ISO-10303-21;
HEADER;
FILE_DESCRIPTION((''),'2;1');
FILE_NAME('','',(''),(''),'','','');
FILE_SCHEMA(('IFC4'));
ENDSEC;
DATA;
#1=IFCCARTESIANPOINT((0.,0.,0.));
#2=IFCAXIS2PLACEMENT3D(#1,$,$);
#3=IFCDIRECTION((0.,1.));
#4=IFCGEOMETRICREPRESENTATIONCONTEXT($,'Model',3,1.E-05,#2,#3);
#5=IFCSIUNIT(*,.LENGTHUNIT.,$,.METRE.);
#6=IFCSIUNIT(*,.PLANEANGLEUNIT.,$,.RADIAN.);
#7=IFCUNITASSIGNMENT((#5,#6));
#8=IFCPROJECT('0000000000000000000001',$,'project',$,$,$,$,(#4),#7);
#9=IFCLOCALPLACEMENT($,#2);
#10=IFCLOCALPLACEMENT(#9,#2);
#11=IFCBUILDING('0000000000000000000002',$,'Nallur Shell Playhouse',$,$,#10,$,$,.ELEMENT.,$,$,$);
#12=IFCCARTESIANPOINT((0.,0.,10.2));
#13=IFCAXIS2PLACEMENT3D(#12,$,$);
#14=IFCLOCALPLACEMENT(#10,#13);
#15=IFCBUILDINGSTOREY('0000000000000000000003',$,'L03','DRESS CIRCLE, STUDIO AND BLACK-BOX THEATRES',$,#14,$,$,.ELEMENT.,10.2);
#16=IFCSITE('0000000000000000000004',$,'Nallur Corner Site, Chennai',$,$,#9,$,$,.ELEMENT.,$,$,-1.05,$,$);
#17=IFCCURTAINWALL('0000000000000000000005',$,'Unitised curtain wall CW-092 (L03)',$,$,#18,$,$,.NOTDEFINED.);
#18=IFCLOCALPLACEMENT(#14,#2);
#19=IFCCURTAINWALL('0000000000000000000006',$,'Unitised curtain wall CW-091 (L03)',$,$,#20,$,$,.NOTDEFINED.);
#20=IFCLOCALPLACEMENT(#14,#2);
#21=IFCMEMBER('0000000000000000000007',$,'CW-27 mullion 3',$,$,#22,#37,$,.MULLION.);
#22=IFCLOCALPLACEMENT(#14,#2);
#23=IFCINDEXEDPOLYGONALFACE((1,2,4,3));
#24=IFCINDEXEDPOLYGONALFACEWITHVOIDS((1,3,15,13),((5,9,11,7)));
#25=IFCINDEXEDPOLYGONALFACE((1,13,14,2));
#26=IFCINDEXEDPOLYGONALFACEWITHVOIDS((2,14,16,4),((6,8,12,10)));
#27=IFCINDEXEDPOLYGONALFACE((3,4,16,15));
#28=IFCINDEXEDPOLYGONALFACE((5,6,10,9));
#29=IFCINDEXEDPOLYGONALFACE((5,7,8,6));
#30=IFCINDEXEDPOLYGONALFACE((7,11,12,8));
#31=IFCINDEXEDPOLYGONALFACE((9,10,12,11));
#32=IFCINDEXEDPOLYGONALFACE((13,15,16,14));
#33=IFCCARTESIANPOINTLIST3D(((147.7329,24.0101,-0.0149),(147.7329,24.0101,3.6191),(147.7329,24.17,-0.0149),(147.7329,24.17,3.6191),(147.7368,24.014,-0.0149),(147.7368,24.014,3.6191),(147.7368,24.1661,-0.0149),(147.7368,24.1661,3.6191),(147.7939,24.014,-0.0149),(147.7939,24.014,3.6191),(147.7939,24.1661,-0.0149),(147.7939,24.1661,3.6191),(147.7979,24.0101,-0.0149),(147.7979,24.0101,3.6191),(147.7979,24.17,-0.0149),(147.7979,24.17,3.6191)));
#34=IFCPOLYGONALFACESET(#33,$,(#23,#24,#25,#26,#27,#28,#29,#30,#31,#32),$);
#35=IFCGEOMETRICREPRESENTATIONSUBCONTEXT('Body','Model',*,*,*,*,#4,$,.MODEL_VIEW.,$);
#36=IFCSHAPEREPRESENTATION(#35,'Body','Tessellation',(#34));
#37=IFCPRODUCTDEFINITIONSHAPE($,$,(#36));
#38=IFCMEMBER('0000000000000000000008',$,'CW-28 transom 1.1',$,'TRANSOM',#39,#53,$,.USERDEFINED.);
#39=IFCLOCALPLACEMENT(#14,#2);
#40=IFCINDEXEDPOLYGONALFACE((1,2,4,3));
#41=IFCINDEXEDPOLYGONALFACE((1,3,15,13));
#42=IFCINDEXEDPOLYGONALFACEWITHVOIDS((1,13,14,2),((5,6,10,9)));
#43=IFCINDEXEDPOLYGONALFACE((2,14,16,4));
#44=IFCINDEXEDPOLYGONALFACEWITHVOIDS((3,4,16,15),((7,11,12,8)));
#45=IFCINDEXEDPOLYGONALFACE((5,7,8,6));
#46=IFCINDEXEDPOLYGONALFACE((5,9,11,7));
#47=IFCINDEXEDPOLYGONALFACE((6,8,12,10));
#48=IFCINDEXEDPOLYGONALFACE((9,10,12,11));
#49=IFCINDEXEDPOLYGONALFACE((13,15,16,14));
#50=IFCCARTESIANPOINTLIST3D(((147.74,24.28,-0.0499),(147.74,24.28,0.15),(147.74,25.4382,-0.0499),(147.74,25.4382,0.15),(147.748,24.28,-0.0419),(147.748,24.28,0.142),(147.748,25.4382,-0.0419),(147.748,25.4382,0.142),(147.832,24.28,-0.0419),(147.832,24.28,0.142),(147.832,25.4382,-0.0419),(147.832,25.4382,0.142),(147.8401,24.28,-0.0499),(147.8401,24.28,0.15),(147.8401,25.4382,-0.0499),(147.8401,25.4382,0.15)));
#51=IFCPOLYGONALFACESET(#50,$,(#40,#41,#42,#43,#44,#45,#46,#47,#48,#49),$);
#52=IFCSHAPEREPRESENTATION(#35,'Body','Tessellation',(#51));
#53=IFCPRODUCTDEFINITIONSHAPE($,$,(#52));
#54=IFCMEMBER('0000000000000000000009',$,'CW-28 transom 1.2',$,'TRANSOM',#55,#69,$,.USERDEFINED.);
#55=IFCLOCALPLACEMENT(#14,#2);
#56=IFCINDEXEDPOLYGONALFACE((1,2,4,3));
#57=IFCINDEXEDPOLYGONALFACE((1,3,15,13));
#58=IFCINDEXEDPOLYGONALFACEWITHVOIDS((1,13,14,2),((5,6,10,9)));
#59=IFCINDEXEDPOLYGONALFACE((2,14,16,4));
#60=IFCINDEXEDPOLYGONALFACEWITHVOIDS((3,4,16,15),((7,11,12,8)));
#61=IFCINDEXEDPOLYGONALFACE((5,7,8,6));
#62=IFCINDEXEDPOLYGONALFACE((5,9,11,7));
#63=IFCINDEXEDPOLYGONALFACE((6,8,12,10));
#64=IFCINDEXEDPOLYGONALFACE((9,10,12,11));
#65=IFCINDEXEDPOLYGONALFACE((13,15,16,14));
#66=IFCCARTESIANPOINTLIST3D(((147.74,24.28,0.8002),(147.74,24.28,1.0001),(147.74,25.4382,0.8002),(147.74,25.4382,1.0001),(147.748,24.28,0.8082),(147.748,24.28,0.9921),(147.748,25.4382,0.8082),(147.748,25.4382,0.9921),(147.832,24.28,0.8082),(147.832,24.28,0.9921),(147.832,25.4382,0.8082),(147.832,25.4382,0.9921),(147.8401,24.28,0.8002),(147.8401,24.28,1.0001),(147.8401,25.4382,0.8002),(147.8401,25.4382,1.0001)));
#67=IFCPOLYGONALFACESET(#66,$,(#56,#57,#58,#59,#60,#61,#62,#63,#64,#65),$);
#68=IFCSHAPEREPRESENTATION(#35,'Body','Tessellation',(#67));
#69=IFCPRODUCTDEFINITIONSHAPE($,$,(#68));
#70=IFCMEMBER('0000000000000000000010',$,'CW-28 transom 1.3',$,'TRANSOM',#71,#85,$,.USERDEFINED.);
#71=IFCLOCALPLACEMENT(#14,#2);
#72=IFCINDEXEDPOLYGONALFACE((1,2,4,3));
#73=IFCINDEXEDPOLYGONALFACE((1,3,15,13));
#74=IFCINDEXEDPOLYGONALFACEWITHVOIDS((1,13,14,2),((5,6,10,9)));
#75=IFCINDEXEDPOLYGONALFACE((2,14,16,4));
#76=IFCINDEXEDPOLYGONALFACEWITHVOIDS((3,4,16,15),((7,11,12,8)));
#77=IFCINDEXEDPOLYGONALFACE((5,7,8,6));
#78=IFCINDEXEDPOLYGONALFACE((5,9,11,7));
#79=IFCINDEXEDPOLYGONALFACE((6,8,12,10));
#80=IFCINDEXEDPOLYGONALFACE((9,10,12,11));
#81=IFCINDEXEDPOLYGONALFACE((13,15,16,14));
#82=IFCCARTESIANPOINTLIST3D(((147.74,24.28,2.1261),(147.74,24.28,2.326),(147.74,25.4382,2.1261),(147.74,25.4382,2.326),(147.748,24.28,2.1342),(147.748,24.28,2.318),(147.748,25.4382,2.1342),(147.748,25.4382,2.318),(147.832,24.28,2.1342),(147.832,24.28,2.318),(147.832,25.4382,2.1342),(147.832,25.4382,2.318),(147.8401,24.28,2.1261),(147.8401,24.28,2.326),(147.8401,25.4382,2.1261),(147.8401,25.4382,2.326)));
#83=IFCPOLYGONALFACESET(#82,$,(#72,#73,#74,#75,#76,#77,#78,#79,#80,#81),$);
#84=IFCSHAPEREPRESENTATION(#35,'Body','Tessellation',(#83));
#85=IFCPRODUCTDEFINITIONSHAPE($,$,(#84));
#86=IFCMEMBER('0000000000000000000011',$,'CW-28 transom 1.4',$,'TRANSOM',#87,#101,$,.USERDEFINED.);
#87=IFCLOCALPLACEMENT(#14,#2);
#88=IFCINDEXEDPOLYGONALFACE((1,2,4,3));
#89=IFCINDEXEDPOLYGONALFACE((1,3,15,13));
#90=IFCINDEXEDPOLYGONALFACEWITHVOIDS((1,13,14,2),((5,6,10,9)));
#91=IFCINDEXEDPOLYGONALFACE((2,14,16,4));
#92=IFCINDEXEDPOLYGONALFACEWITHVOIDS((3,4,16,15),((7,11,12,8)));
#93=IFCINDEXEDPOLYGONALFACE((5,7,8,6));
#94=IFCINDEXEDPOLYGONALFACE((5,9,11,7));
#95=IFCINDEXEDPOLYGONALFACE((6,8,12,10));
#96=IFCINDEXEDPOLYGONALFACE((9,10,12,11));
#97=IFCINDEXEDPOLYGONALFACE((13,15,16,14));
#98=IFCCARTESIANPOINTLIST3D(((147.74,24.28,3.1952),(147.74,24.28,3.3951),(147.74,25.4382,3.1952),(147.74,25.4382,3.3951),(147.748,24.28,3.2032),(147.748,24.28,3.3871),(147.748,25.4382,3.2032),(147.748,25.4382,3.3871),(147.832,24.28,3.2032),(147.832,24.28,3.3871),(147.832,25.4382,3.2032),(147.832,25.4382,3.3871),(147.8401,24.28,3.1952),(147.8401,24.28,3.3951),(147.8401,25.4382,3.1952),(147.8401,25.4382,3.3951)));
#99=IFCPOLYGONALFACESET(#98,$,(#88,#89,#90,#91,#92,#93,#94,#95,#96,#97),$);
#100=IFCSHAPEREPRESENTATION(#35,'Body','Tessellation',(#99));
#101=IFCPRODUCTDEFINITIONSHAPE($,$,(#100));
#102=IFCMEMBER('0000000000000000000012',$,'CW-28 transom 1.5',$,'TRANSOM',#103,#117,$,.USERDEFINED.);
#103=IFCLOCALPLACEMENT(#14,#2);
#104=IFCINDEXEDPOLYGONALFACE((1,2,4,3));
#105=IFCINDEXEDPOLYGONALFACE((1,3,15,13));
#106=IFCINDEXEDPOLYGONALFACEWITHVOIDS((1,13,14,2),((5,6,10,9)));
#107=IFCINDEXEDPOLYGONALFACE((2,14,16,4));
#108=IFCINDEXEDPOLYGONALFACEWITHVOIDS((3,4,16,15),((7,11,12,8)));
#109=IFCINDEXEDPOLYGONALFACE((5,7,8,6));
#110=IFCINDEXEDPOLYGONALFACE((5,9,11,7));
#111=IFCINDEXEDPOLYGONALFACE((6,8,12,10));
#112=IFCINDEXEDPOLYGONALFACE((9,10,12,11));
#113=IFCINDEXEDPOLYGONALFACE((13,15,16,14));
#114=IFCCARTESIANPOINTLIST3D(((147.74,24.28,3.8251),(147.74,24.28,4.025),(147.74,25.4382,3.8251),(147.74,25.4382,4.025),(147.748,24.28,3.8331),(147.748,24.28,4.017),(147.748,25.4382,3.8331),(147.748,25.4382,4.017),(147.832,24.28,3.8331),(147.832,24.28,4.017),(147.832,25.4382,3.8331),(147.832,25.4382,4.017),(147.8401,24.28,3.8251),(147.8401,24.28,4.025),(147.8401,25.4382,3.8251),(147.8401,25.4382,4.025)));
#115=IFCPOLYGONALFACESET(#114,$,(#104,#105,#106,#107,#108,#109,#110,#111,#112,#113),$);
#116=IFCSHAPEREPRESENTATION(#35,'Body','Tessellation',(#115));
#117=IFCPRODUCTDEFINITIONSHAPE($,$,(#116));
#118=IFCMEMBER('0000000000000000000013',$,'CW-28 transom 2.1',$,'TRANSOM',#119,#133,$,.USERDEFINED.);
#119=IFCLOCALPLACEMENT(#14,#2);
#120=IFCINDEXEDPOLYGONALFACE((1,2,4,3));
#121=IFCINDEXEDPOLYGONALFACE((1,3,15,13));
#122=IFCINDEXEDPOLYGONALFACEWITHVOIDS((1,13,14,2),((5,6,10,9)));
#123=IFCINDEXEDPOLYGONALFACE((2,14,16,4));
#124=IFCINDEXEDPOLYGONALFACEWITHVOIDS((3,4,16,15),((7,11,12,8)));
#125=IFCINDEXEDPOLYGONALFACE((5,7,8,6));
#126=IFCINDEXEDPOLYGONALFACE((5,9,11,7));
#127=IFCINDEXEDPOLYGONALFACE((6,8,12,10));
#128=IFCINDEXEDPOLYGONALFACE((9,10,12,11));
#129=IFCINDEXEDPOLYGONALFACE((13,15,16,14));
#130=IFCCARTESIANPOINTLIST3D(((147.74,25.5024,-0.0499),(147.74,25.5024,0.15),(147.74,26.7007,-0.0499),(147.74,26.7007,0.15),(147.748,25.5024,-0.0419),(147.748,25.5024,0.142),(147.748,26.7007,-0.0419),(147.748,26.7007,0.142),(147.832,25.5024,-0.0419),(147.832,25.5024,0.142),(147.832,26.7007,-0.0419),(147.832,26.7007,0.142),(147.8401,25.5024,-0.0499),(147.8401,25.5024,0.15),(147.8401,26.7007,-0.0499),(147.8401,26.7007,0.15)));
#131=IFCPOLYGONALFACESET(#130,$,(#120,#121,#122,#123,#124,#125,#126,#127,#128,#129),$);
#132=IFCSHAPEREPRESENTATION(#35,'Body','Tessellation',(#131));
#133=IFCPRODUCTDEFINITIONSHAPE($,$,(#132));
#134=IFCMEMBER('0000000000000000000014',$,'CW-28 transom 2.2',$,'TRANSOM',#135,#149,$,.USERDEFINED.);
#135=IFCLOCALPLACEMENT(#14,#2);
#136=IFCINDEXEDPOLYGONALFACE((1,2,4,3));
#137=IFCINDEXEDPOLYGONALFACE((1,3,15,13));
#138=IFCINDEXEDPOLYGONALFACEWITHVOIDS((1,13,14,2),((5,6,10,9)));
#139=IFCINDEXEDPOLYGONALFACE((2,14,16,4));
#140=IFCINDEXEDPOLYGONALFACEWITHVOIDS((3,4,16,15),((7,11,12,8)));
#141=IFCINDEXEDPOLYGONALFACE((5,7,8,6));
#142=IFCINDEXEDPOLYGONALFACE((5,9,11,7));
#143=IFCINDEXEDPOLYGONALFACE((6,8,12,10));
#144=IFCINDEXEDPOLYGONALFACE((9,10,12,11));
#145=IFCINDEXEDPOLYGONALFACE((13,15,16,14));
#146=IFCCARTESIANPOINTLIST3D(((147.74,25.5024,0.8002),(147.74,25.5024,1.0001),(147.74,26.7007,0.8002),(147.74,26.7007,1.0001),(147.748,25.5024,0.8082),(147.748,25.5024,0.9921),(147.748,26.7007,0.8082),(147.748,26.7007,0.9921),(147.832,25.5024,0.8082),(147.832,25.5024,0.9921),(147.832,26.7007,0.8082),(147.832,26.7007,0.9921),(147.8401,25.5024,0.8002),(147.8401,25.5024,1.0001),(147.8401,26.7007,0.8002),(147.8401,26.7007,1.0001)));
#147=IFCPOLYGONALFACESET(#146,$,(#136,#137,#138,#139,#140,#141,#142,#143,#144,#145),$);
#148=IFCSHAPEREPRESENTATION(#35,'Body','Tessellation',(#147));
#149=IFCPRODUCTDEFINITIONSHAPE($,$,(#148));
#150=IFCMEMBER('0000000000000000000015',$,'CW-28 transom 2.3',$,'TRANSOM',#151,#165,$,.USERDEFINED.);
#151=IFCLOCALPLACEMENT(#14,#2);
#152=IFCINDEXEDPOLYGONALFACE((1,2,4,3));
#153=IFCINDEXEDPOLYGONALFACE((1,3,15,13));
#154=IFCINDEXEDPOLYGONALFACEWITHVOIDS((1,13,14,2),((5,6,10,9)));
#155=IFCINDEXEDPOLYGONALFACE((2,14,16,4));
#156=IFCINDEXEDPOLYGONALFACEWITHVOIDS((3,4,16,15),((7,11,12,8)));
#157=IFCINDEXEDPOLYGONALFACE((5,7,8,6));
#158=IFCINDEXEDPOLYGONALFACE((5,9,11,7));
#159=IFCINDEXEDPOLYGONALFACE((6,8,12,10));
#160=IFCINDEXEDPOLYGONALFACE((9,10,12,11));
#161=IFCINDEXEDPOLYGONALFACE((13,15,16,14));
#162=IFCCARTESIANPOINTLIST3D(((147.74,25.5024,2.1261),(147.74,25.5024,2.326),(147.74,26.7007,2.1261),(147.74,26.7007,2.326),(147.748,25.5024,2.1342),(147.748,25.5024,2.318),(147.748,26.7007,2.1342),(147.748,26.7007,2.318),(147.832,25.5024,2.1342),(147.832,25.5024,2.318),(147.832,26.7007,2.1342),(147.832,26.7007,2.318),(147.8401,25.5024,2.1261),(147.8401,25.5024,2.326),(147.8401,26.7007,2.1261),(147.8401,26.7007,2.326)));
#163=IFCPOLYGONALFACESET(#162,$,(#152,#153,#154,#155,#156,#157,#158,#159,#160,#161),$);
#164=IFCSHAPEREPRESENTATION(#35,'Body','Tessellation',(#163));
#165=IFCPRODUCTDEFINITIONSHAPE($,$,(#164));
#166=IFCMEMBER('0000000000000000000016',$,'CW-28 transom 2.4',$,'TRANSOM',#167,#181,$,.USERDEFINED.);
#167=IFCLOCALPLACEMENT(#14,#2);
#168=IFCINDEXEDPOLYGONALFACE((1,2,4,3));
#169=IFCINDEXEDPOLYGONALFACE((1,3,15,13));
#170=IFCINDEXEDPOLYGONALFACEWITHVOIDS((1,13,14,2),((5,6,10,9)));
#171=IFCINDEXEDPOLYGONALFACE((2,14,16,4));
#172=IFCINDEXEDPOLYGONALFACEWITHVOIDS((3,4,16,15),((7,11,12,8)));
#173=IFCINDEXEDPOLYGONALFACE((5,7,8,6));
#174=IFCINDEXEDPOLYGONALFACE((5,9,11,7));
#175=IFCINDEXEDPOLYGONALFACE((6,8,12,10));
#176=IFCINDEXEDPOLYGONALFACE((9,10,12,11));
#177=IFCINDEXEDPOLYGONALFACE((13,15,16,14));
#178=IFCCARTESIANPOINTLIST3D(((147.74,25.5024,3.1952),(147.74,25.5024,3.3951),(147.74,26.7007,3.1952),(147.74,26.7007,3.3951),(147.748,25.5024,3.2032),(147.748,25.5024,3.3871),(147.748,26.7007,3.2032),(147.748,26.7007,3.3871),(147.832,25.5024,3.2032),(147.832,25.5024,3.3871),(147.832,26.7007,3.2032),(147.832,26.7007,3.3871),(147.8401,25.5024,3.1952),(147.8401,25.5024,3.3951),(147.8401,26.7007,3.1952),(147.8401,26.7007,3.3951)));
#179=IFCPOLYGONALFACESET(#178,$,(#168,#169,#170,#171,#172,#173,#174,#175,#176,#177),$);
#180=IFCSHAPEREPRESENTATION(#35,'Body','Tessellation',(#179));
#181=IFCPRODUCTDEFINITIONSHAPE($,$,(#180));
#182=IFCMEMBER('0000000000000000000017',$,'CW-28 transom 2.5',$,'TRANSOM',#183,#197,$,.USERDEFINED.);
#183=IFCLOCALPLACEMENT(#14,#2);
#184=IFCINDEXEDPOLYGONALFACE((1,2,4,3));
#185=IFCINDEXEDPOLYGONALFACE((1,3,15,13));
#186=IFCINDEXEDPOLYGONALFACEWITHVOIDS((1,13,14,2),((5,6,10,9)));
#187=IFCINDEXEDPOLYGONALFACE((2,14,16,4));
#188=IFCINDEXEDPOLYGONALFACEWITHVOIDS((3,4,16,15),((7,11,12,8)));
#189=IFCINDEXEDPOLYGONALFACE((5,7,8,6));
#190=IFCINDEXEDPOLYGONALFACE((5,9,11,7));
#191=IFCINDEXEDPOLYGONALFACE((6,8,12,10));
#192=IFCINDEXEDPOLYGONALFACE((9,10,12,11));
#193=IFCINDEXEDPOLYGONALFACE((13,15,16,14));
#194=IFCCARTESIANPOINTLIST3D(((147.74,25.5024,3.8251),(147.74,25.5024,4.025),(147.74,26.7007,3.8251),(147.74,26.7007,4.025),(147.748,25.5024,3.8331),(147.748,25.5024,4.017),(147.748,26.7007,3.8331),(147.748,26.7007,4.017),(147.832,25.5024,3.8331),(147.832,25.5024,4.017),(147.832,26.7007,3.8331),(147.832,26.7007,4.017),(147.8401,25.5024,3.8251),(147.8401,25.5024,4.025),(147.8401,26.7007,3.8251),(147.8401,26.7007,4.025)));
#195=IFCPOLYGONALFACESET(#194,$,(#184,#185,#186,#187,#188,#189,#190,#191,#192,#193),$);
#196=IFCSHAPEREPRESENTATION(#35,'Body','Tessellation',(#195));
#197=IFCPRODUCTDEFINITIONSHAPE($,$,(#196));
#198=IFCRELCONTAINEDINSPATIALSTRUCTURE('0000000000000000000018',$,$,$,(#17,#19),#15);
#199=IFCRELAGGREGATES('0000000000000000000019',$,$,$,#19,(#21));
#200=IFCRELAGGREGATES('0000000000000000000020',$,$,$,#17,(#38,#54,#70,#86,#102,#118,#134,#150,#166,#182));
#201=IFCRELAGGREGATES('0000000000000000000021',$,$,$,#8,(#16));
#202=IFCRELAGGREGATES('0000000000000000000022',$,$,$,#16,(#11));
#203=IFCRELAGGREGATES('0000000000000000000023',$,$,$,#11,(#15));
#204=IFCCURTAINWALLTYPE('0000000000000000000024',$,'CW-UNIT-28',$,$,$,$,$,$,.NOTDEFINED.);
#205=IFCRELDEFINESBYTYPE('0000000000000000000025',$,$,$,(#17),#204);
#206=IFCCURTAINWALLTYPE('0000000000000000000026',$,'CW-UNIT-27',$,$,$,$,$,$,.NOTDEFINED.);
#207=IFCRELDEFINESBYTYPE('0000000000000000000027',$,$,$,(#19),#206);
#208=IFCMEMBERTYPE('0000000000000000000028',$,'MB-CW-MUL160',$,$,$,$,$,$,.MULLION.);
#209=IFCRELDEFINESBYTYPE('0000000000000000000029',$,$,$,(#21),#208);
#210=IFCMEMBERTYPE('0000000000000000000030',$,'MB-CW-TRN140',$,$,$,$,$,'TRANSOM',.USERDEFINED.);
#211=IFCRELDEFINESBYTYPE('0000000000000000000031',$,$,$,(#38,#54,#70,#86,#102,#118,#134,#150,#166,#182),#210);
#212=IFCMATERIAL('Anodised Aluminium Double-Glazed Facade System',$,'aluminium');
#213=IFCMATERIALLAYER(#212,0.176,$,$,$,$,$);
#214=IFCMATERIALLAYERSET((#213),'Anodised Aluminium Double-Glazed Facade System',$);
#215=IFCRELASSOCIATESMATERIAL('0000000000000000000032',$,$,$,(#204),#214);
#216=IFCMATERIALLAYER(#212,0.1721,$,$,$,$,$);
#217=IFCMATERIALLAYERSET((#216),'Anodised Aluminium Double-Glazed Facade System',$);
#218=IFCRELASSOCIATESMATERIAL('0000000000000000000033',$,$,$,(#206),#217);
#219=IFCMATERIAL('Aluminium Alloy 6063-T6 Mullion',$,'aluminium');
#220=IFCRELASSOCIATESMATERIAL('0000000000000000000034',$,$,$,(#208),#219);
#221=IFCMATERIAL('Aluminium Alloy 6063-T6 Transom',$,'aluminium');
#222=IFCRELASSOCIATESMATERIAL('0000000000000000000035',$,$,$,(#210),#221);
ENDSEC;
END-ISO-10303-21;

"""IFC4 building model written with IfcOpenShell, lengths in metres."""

from ifc_helpers import new_model, si_unit, direction, frame, origin, origin_2d, place, context, subcontext, project, spatial, hollow_rectangle, extrude, material, layer, layer_set, material_profile, profile_set, type_object, element, aggregate, save


model = new_model("IFC4")

# Units and contexts
model_context = context("Model", 3, precision=1e-05, world=origin(), true_north=direction((0.0, 1.0)))
body_context = subcontext(model_context, "Body", "Model", "MODEL_VIEW")
ifc_project = project(units=[si_unit("LENGTHUNIT", "METRE"), si_unit("PLANEANGLEUNIT", "RADIAN")], contexts=[model_context])

# Site, building, storey
site_placement = place(None, origin())
site = spatial("IfcSite", under=ifc_project, at=site_placement, Name="Nallur Corner Site, Chennai", CompositionType="ELEMENT", RefElevation=-1.05)
building_placement = place(site_placement, origin())
building = spatial("IfcBuilding", under=site, at=building_placement, Name="Nallur Shell Playhouse", CompositionType="ELEMENT")
storey_placement = place(building_placement, frame((0.0, 0.0, 10.2)))
storey = spatial("IfcBuildingStorey", under=building, at=storey_placement, Name="L03", Description="DRESS CIRCLE, STUDIO AND BLACK-BOX THEATRES", CompositionType="ELEMENT", Elevation=10.2)

# Curtain wall
ifc_material_1 = material(Name="Anodised Aluminium Double-Glazed Facade System", Category="aluminium")
ifc_layer_1 = layer(ifc_material_1, 0.176)
ifc_layer_set_1 = layer_set([ifc_layer_1], Name="Anodised Aluminium Double-Glazed Facade System")
curtain_wall_type_1 = type_object("IfcCurtainWallType", Name="CW-UNIT-28", PredefinedType="NOTDEFINED", material=ifc_layer_set_1)
curtain_wall_1_placement = place(storey_placement, origin())
curtain_wall_1 = element("IfcCurtainWall", 1, at=curtain_wall_1_placement, inside=storey, type_object=curtain_wall_type_1, Name="Unitised curtain wall CW-092 (L03)", PredefinedType="NOTDEFINED")
ifc_material_2 = material(Name="Aluminium Alloy 6063-T6 Mullion", Category="aluminium")

# Curtain wall, member
ifc_layer_2 = layer(ifc_material_1, 0.1721)
ifc_layer_set_2 = layer_set([ifc_layer_2], Name="Anodised Aluminium Double-Glazed Facade System")
curtain_wall_type_2 = type_object("IfcCurtainWallType", Name="CW-UNIT-27", PredefinedType="NOTDEFINED", material=ifc_layer_set_2)
curtain_wall_2_placement = place(storey_placement, origin())
curtain_wall_2 = element("IfcCurtainWall", 2, at=curtain_wall_2_placement, inside=storey, type_object=curtain_wall_type_2, Name="Unitised curtain wall CW-091 (L03)", PredefinedType="NOTDEFINED")
ifc_material_profile_1 = material_profile(ifc_material_2, hollow_rectangle(XDim=0.0649, YDim=0.1599, WallThickness=0.0039, at=origin_2d()), Name="ALU 65x160x4")
ifc_profile_set_1 = profile_set([ifc_material_profile_1], Name="Aluminium Alloy 6063-T6 Mullion")
member_type_1 = type_object("IfcMemberType", Name="MB-CW-MUL160", PredefinedType="MULLION", material=ifc_profile_set_1)
member_1_placement = place(storey_placement, frame((147.7654, 24.0901, -0.0149), z_axis=(0.0, 0.0, 1.0), x_axis=(-1.0, 0.0, 0.0)))
member_1 = element("IfcMember", 3, at=member_1_placement, type_object=member_type_1, Name="CW-27 mullion 3", PredefinedType="MULLION", context=body_context, shape_type="SweptSolid", body=[
    extrude(hollow_rectangle(XDim=0.0649, YDim=0.1599, WallThickness=0.0039, at=origin_2d()), origin(), (0.0, 0.0, 1.0), 3.634),
])
aggregate(curtain_wall_2, [member_1])

# Members
ifc_material_3 = material(Name="Aluminium Alloy 6063-T6 Transom", Category="aluminium")
ifc_material_profile_2 = material_profile(ifc_material_3, hollow_rectangle(XDim=0.1001, YDim=0.2, WallThickness=0.0081, at=origin_2d()), Name="RHS 200x100x8")
ifc_profile_set_2 = profile_set([ifc_material_profile_2], Name="Aluminium Alloy 6063-T6 Transom")
member_type_2 = type_object("IfcMemberType", Name="MB-CW-TRN140", ElementType="TRANSOM", PredefinedType="USERDEFINED", material=ifc_profile_set_2)
member_2_placement = place(storey_placement, frame((147.79, 24.28, 0.05), z_axis=(0.0, 1.0, 0.0), x_axis=(-1.0, 0.0, 0.0)))
member_2 = element("IfcMember", 4, at=member_2_placement, type_object=member_type_2, Name="CW-28 transom 1.1", ObjectType="TRANSOM", PredefinedType="USERDEFINED", context=body_context, shape_type="SweptSolid", body=[
    extrude(hollow_rectangle(XDim=0.1001, YDim=0.2, WallThickness=0.0081, at=origin_2d()), origin(), (0.0, 0.0, 1.0), 1.1582),
])
member_3_placement = place(storey_placement, frame((147.79, 24.28, 0.9001), z_axis=(0.0, 1.0, 0.0), x_axis=(-1.0, 0.0, 0.0)))
member_3 = element("IfcMember", 5, at=member_3_placement, type_object=member_type_2, Name="CW-28 transom 1.2", ObjectType="TRANSOM", PredefinedType="USERDEFINED", context=body_context, shape_type="SweptSolid", body=[
    extrude(hollow_rectangle(XDim=0.1001, YDim=0.2, WallThickness=0.0081, at=origin_2d()), origin(), (0.0, 0.0, 1.0), 1.1582),
])
member_4_placement = place(storey_placement, frame((147.79, 24.28, 2.2261), z_axis=(0.0, 1.0, 0.0), x_axis=(-1.0, 0.0, 0.0)))
member_4 = element("IfcMember", 6, at=member_4_placement, type_object=member_type_2, Name="CW-28 transom 1.3", ObjectType="TRANSOM", PredefinedType="USERDEFINED", context=body_context, shape_type="SweptSolid", body=[
    extrude(hollow_rectangle(XDim=0.1001, YDim=0.2, WallThickness=0.0081, at=origin_2d()), origin(), (0.0, 0.0, 1.0), 1.1582),
])
member_5_placement = place(storey_placement, frame((147.79, 24.28, 3.2952), z_axis=(0.0, 1.0, 0.0), x_axis=(-1.0, 0.0, 0.0)))
member_5 = element("IfcMember", 7, at=member_5_placement, type_object=member_type_2, Name="CW-28 transom 1.4", ObjectType="TRANSOM", PredefinedType="USERDEFINED", context=body_context, shape_type="SweptSolid", body=[
    extrude(hollow_rectangle(XDim=0.1001, YDim=0.2, WallThickness=0.0081, at=origin_2d()), origin(), (0.0, 0.0, 1.0), 1.1582),
])
member_6_placement = place(storey_placement, frame((147.79, 24.28, 3.925), z_axis=(0.0, 1.0, 0.0), x_axis=(-1.0, 0.0, 0.0)))
member_6 = element("IfcMember", 8, at=member_6_placement, type_object=member_type_2, Name="CW-28 transom 1.5", ObjectType="TRANSOM", PredefinedType="USERDEFINED", context=body_context, shape_type="SweptSolid", body=[
    extrude(hollow_rectangle(XDim=0.1001, YDim=0.2, WallThickness=0.0081, at=origin_2d()), origin(), (0.0, 0.0, 1.0), 1.1582),
])
member_7_placement = place(storey_placement, frame((147.79, 25.5024, 0.05), z_axis=(0.0, 1.0, 0.0), x_axis=(-1.0, 0.0, 0.0)))
member_7 = element("IfcMember", 9, at=member_7_placement, type_object=member_type_2, Name="CW-28 transom 2.1", ObjectType="TRANSOM", PredefinedType="USERDEFINED", context=body_context, shape_type="SweptSolid", body=[
    extrude(hollow_rectangle(XDim=0.1001, YDim=0.2, WallThickness=0.0081, at=origin_2d()), origin(), (0.0, 0.0, 1.0), 1.1982),
])
member_8_placement = place(storey_placement, frame((147.79, 25.5024, 0.9001), z_axis=(0.0, 1.0, 0.0), x_axis=(-1.0, 0.0, 0.0)))
member_8 = element("IfcMember", 10, at=member_8_placement, type_object=member_type_2, Name="CW-28 transom 2.2", ObjectType="TRANSOM", PredefinedType="USERDEFINED", context=body_context, shape_type="SweptSolid", body=[
    extrude(hollow_rectangle(XDim=0.1001, YDim=0.2, WallThickness=0.0081, at=origin_2d()), origin(), (0.0, 0.0, 1.0), 1.1982),
])
member_9_placement = place(storey_placement, frame((147.79, 25.5024, 2.2261), z_axis=(0.0, 1.0, 0.0), x_axis=(-1.0, 0.0, 0.0)))
member_9 = element("IfcMember", 11, at=member_9_placement, type_object=member_type_2, Name="CW-28 transom 2.3", ObjectType="TRANSOM", PredefinedType="USERDEFINED", context=body_context, shape_type="SweptSolid", body=[
    extrude(hollow_rectangle(XDim=0.1001, YDim=0.2, WallThickness=0.0081, at=origin_2d()), origin(), (0.0, 0.0, 1.0), 1.1982),
])
member_10_placement = place(storey_placement, frame((147.79, 25.5024, 3.2952), z_axis=(0.0, 1.0, 0.0), x_axis=(-1.0, 0.0, 0.0)))
member_10 = element("IfcMember", 12, at=member_10_placement, type_object=member_type_2, Name="CW-28 transom 2.4", ObjectType="TRANSOM", PredefinedType="USERDEFINED", context=body_context, shape_type="SweptSolid", body=[
    extrude(hollow_rectangle(XDim=0.1001, YDim=0.2, WallThickness=0.0081, at=origin_2d()), origin(), (0.0, 0.0, 1.0), 1.1982),
])
member_11_placement = place(storey_placement, frame((147.79, 25.5024, 3.925), z_axis=(0.0, 1.0, 0.0), x_axis=(-1.0, 0.0, 0.0)))
member_11 = element("IfcMember", 13, at=member_11_placement, type_object=member_type_2, Name="CW-28 transom 2.5", ObjectType="TRANSOM", PredefinedType="USERDEFINED", context=body_context, shape_type="SweptSolid", body=[
    extrude(hollow_rectangle(XDim=0.1001, YDim=0.2, WallThickness=0.0081, at=origin_2d()), origin(), (0.0, 0.0, 1.0), 1.1982),
])

aggregate(curtain_wall_1, [member_2, member_3, member_4, member_5, member_6, member_7, member_8, member_9, member_10, member_11])

save(model, "model.ifc")
